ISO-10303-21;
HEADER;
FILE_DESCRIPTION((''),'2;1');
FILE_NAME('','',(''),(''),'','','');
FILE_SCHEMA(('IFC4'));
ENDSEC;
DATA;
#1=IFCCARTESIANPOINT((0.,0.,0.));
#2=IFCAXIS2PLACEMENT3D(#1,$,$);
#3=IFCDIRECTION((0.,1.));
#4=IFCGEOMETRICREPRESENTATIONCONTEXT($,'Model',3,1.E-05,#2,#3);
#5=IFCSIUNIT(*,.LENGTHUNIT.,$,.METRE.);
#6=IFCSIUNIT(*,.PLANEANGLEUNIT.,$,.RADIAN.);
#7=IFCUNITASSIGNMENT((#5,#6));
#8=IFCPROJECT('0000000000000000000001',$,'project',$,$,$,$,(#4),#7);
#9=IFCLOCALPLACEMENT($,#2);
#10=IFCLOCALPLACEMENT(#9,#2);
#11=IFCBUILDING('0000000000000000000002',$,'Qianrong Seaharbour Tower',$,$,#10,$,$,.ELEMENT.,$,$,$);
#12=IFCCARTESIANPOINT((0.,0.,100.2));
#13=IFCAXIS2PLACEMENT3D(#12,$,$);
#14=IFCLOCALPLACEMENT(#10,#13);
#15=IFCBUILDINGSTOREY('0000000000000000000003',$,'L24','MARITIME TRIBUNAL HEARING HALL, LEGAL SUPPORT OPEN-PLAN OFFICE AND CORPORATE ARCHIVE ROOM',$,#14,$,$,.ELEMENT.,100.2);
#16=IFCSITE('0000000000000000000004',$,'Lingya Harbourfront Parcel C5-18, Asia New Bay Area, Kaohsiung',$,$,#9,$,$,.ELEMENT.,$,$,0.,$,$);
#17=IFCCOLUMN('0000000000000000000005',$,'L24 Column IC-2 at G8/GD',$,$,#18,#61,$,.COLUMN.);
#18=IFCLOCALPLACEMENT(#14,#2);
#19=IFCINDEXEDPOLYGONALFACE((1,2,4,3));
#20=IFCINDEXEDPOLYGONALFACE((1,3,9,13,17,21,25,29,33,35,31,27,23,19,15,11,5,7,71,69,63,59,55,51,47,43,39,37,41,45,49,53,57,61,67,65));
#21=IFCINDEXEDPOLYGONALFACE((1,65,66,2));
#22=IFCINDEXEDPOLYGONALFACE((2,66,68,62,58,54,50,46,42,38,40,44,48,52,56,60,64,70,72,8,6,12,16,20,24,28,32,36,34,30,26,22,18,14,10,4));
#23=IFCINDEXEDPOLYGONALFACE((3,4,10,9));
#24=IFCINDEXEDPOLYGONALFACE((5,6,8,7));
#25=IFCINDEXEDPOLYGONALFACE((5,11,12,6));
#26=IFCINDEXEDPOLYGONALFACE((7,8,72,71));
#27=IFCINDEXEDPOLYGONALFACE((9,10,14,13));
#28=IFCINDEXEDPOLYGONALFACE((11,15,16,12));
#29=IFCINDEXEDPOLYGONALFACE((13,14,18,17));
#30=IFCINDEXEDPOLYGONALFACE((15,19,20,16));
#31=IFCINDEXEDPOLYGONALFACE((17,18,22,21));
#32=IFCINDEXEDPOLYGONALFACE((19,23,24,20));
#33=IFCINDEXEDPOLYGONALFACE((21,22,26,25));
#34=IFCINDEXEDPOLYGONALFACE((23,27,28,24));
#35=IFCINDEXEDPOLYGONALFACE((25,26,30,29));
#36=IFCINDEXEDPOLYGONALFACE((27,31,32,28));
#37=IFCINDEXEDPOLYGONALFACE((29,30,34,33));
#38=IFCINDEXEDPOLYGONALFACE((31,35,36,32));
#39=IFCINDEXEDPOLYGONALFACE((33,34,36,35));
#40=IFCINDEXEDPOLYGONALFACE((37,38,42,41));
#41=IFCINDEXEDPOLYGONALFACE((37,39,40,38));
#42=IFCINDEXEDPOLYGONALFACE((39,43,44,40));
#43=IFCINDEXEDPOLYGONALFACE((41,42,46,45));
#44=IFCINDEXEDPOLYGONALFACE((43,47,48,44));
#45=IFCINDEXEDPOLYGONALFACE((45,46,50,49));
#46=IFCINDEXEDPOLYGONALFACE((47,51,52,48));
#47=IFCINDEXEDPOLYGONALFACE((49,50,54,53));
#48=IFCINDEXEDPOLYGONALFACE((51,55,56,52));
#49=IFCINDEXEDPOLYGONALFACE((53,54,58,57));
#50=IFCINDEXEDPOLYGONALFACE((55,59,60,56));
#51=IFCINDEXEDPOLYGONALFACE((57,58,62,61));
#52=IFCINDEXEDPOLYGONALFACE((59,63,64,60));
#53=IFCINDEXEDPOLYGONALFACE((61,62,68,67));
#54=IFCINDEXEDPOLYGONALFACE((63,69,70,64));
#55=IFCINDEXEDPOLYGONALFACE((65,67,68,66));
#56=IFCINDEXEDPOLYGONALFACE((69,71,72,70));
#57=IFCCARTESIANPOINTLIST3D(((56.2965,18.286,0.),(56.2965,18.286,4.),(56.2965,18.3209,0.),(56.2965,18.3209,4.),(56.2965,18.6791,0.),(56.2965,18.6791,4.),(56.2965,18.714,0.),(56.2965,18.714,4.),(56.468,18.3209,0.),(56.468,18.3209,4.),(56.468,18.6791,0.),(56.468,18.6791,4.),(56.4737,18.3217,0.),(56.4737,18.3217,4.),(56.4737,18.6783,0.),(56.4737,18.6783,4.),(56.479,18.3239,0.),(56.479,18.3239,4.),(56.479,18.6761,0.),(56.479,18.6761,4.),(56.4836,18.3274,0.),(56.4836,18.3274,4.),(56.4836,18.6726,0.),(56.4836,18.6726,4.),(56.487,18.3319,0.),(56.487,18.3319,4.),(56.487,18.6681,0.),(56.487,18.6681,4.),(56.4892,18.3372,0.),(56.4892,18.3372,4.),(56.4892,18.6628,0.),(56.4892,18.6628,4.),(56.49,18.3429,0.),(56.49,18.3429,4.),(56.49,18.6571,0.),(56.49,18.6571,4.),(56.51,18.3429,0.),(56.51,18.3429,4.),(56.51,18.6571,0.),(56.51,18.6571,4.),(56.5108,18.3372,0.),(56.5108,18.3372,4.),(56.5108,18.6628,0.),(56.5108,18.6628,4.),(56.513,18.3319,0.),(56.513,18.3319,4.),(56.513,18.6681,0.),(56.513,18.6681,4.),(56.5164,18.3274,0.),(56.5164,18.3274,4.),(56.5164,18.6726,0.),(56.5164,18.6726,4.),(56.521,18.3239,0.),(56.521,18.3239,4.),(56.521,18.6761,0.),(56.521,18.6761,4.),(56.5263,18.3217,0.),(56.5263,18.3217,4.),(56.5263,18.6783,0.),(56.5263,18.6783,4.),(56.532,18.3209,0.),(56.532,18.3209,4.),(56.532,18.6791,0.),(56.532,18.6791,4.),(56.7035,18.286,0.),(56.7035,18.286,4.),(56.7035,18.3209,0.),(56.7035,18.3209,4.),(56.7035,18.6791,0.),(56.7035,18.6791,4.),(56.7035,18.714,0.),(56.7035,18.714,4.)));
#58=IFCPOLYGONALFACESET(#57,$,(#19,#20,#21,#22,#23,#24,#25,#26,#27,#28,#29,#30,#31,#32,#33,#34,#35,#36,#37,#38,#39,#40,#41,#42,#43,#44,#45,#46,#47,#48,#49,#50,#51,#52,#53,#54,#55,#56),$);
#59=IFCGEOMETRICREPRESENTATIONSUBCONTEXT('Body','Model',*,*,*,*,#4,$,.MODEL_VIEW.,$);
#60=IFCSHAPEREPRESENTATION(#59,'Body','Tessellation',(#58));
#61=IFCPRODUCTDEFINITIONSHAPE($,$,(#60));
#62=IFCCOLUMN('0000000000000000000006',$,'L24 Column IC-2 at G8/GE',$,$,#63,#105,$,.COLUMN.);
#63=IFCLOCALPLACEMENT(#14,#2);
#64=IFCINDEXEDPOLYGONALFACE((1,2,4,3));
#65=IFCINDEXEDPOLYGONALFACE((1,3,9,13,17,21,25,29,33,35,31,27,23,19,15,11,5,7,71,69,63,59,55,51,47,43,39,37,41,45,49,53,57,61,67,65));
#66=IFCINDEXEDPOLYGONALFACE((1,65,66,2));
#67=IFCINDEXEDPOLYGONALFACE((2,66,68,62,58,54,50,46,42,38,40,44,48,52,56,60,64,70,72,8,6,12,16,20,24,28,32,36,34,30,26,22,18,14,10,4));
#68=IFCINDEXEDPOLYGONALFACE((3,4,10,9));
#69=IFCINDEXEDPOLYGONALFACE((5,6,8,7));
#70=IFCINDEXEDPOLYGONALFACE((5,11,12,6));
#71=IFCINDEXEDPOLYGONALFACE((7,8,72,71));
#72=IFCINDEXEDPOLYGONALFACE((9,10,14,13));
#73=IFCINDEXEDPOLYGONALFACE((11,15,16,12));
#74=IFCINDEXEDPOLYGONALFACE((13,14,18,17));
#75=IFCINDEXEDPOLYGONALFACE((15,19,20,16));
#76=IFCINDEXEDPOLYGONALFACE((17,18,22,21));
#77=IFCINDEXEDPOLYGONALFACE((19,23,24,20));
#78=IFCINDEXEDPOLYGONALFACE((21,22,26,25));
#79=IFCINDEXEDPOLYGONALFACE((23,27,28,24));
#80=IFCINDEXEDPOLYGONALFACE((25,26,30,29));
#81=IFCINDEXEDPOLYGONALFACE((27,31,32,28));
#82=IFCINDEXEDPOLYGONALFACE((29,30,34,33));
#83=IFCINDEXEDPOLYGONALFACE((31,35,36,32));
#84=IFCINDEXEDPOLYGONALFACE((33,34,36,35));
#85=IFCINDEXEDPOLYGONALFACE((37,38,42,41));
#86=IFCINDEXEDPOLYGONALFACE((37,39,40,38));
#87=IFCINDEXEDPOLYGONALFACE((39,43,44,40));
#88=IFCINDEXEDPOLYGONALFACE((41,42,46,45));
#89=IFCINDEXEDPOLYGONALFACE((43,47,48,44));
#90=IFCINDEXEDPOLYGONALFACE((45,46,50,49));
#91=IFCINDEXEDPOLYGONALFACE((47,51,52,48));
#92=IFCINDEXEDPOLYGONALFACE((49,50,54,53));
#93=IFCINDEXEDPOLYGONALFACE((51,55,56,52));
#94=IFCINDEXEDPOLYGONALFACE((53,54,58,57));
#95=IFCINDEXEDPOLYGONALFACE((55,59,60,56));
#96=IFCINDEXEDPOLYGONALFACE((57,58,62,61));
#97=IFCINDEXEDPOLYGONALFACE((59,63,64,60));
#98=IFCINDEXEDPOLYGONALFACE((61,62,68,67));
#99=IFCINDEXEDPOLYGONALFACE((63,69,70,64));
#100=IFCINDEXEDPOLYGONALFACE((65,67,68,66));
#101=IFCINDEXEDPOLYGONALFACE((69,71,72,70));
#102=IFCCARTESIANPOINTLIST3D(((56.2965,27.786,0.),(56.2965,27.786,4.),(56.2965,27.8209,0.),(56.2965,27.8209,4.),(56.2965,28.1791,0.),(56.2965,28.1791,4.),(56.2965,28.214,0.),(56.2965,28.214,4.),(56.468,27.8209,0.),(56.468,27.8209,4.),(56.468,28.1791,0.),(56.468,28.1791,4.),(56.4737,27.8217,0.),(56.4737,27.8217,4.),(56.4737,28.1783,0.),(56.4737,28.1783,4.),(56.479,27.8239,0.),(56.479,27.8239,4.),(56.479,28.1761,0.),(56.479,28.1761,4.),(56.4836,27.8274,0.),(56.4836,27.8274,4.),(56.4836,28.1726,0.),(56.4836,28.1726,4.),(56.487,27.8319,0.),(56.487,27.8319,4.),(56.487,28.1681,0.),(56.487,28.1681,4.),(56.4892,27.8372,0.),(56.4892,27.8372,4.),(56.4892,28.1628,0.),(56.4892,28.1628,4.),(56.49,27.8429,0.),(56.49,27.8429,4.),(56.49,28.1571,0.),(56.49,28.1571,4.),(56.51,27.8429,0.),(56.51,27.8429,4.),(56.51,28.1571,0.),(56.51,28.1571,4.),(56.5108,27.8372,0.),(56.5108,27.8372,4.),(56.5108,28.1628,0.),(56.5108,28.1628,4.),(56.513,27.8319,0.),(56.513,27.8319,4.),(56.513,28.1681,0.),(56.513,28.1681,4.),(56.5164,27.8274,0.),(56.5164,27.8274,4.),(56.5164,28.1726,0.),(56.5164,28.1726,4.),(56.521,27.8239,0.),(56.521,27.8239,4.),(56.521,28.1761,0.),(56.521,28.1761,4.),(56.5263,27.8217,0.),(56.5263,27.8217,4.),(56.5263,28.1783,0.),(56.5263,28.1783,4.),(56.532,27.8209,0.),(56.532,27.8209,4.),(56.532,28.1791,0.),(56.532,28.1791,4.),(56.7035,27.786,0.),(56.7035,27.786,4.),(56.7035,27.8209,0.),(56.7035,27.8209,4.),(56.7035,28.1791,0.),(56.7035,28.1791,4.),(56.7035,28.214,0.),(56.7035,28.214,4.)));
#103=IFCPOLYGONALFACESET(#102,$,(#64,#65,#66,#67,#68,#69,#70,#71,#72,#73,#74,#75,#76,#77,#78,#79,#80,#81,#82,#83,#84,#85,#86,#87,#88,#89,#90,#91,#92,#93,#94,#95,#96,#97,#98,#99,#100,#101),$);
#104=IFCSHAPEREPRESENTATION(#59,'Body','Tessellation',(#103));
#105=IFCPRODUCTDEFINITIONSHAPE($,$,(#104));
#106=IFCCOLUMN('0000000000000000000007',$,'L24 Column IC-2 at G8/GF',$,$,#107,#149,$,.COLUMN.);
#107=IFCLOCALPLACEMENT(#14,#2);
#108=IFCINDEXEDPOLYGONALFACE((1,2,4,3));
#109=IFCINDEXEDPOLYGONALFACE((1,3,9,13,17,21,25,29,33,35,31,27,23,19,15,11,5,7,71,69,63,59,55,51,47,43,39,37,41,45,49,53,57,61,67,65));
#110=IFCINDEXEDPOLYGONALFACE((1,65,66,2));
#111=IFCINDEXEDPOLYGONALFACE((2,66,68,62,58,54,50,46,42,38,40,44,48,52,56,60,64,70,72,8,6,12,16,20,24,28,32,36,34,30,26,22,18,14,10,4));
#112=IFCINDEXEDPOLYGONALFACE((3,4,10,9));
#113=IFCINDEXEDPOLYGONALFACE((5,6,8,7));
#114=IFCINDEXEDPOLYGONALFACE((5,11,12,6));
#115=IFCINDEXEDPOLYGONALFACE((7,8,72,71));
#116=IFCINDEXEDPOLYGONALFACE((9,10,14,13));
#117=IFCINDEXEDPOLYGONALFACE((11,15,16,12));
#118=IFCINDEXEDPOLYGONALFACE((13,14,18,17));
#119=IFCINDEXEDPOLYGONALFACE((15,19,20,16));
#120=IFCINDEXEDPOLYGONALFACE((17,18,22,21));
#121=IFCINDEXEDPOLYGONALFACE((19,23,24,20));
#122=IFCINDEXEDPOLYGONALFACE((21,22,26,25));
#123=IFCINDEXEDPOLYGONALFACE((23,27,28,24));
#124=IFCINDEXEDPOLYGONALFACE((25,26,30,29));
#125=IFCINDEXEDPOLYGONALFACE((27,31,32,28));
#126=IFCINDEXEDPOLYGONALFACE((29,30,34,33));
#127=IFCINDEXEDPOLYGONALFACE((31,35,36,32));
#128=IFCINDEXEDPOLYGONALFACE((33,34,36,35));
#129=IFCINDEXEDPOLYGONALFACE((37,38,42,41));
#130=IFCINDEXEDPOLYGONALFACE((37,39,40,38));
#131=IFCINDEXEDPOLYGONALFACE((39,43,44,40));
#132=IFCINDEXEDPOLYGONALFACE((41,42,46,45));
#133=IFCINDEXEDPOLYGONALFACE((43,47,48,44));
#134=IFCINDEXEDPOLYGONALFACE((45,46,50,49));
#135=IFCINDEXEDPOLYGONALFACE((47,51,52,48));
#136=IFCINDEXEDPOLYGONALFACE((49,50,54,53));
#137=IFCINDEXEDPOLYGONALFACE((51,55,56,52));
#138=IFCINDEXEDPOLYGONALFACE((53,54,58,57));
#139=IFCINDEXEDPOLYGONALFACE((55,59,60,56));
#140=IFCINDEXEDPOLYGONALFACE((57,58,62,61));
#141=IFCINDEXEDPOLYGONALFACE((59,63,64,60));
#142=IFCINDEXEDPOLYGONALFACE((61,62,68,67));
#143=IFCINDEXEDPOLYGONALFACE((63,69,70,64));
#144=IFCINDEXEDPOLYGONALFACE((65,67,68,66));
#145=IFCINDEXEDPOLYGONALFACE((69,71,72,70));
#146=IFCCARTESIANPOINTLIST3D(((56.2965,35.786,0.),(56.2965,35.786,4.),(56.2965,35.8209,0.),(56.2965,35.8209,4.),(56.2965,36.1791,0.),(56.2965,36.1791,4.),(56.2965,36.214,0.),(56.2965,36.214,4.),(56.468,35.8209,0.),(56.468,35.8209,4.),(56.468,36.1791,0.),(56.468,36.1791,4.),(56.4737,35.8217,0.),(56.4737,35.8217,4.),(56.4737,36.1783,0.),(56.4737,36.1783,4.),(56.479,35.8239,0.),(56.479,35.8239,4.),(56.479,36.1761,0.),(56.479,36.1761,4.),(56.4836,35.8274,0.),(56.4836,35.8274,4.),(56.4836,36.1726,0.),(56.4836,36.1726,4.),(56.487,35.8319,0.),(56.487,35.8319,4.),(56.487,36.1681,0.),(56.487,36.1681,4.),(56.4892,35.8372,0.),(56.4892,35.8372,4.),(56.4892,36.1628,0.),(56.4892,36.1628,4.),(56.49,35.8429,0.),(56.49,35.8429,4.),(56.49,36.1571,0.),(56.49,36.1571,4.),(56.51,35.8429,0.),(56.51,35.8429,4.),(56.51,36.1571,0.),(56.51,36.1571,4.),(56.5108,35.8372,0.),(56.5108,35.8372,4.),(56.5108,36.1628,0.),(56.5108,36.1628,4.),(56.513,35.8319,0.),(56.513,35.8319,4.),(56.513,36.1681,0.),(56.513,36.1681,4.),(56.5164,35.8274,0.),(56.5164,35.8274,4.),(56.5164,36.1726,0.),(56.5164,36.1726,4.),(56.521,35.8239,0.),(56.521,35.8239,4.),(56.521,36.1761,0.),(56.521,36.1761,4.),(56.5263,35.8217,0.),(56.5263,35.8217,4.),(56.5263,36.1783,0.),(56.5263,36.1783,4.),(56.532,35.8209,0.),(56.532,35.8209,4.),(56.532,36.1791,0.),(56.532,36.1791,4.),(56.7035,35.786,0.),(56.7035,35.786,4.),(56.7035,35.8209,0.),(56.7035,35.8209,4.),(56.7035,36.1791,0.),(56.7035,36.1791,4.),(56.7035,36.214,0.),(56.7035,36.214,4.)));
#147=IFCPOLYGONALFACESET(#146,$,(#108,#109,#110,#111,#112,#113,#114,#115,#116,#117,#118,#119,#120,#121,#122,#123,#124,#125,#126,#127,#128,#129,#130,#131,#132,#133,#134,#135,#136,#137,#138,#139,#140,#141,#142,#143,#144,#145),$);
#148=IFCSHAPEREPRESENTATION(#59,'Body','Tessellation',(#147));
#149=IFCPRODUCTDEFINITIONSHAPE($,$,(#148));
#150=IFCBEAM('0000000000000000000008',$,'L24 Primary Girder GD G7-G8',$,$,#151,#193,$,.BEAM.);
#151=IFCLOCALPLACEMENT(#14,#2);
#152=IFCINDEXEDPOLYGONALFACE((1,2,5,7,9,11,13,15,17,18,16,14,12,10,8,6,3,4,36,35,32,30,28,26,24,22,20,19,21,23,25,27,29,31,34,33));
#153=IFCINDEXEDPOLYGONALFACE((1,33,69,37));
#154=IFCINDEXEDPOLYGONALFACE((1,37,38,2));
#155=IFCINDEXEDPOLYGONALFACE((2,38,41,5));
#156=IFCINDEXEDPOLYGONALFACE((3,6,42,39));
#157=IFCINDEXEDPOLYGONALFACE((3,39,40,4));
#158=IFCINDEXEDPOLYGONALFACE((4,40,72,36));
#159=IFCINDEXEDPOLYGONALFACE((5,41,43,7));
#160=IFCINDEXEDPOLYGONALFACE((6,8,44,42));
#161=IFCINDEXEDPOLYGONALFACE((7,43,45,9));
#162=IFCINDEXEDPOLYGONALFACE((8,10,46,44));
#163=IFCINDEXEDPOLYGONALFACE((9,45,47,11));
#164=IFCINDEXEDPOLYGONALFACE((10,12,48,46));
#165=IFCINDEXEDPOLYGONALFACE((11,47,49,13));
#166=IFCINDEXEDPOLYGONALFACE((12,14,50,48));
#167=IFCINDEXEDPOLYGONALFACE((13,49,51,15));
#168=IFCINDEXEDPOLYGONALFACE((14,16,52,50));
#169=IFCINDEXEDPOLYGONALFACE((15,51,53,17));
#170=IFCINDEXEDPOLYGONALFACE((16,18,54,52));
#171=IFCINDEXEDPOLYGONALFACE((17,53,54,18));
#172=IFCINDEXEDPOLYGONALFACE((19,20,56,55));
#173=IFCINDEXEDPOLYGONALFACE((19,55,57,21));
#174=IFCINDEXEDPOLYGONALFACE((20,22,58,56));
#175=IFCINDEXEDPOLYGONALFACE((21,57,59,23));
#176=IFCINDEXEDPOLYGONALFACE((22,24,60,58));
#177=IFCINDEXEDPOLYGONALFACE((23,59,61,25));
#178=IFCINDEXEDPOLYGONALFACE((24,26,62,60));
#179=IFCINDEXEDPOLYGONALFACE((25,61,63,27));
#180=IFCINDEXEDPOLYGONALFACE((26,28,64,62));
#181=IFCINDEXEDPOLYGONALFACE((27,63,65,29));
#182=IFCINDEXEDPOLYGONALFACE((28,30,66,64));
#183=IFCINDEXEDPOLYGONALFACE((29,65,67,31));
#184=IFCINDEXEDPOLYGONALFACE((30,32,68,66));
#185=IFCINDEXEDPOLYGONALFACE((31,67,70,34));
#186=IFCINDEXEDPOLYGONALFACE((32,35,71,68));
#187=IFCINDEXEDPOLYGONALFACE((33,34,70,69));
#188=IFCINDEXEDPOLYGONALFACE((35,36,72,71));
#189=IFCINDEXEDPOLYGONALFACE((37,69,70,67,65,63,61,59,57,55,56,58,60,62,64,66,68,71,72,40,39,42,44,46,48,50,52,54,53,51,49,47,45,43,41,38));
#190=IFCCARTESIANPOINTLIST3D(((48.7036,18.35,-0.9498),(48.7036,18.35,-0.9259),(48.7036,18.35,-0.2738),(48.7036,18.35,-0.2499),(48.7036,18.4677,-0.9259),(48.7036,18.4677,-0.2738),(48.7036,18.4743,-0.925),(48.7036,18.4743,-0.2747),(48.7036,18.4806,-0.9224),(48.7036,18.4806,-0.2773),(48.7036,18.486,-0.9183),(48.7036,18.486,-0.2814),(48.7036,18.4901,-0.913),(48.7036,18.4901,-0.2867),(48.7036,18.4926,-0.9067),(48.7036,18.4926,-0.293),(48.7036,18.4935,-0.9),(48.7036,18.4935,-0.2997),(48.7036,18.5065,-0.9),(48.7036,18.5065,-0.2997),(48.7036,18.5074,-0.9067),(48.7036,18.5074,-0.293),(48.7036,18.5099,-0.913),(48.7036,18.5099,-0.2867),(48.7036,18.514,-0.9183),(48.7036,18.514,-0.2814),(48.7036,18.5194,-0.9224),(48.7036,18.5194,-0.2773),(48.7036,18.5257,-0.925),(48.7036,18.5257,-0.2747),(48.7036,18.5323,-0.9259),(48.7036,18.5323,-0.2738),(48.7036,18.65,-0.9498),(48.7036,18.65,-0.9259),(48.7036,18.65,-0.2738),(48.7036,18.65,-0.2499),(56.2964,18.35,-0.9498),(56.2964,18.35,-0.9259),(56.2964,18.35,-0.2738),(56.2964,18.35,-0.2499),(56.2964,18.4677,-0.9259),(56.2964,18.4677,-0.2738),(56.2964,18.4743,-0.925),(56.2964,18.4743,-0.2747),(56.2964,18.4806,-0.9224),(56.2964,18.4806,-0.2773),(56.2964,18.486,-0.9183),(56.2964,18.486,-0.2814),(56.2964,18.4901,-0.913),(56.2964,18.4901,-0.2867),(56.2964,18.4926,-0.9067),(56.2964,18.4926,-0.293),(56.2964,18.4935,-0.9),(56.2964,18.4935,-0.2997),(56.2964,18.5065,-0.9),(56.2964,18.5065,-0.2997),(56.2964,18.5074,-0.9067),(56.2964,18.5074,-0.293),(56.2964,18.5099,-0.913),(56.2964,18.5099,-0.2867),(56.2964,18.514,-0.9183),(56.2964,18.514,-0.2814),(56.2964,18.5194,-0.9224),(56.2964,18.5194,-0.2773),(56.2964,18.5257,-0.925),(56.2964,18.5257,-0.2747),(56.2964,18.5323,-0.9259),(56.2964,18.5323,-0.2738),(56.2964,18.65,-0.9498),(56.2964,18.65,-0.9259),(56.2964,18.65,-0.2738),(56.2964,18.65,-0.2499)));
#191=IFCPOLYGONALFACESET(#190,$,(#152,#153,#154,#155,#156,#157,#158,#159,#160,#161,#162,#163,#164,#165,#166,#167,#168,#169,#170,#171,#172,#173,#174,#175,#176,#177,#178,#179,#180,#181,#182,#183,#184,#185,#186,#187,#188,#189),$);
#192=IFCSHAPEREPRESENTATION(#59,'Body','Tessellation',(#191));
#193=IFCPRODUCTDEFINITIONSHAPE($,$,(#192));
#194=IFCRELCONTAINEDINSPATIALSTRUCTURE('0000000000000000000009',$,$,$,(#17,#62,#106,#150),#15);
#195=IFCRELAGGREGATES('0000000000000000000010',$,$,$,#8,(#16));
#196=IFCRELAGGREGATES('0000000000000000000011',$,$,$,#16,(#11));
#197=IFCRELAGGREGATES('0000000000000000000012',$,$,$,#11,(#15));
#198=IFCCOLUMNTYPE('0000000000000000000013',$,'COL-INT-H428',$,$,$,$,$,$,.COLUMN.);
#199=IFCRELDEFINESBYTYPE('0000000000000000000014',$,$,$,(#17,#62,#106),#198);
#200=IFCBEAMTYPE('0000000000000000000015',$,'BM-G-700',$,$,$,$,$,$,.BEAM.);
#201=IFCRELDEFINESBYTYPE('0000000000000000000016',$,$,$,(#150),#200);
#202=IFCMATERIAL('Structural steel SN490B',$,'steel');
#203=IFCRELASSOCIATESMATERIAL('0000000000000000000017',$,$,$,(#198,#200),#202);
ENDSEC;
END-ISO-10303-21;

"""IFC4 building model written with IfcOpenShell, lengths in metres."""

from ifc_helpers import new_model, si_unit, direction, frame, origin, origin_2d, place, context, subcontext, project, spatial, i_section, extrude, material, material_profile, profile_set, type_object, element, save


model = new_model("IFC4")

# Units and contexts
model_context = context("Model", 3, precision=1e-05, world=origin(), true_north=direction((0.0, 1.0)))
body_context = subcontext(model_context, "Body", "Model", "MODEL_VIEW")
ifc_project = project(units=[si_unit("LENGTHUNIT", "METRE"), si_unit("PLANEANGLEUNIT", "RADIAN")], contexts=[model_context])

# Site, building, storey
site_placement = place(None, origin())
site = spatial("IfcSite", under=ifc_project, at=site_placement, Name="Lingya Harbourfront Parcel C5-18, Asia New Bay Area, Kaohsiung", CompositionType="ELEMENT", RefElevation=0.0)
building_placement = place(site_placement, origin())
building = spatial("IfcBuilding", under=site, at=building_placement, Name="Qianrong Seaharbour Tower", CompositionType="ELEMENT")
storey_placement = place(building_placement, frame((0.0, 0.0, 100.2)))
storey = spatial("IfcBuildingStorey", under=building, at=storey_placement, Name="L24", Description="MARITIME TRIBUNAL HEARING HALL, LEGAL SUPPORT OPEN-PLAN OFFICE AND CORPORATE ARCHIVE ROOM", CompositionType="ELEMENT", Elevation=100.2)

# Columns
ifc_material_1 = material(Name="Structural steel SN490B", Category="steel")
ifc_material_profile_1 = material_profile(ifc_material_1, i_section(OverallWidth=0.407, OverallDepth=0.428, WebThickness=0.02, FlangeThickness=0.0349, FilletRadius=0.022, at=origin_2d()), Name="H428x407x20x35")
ifc_profile_set_1 = profile_set([ifc_material_profile_1], Name="Structural steel SN490B")
column_type_1 = type_object("IfcColumnType", Name="COL-INT-H428", PredefinedType="COLUMN", material=ifc_profile_set_1)
for number, where, z_axis, x_axis, name in (
    (1, (56.5, 18.5, 0.0), (0.0, 0.0, 1.0), (1.0, 0.0, 0.0), "L24 Column IC-2 at G8/GD"),
    (2, (56.5, 28.0, 0.0), (0.0, 0.0, 1.0), (1.0, 0.0, 0.0), "L24 Column IC-2 at G8/GE"),
    (3, (56.5, 36.0, 0.0), (0.0, 0.0, 1.0), (1.0, 0.0, 0.0), "L24 Column IC-2 at G8/GF"),
):
    element("IfcColumn", number, at=place(storey_placement, frame(where, z_axis=z_axis, x_axis=x_axis)), inside=storey, type_object=column_type_1, Name=name, PredefinedType="COLUMN", context=body_context, shape_type="SweptSolid", body=[
        extrude(i_section(OverallWidth=0.407, OverallDepth=0.428, WebThickness=0.02, FlangeThickness=0.0349, FilletRadius=0.022, at=origin_2d()), origin(), (0.0, 0.0, 1.0), 4.0),
    ])

# Beam
ifc_material_profile_2 = material_profile(ifc_material_1, i_section(OverallWidth=0.3, OverallDepth=0.7, WebThickness=0.0129, FlangeThickness=0.0239, FilletRadius=0.0259, at=origin_2d()), Name="H700x300x13x24")
ifc_profile_set_2 = profile_set([ifc_material_profile_2], Name="Structural steel SN490B")
beam_type_1 = type_object("IfcBeamType", Name="BM-G-700", PredefinedType="BEAM", material=ifc_profile_set_2)
beam_1_placement = place(storey_placement, frame((48.7036, 18.5, -0.5999), z_axis=(1.0, 0.0, 0.0), x_axis=(0.0, 1.0, 0.0)))
element("IfcBeam", 4, at=beam_1_placement, inside=storey, type_object=beam_type_1, Name="L24 Primary Girder GD G7-G8", PredefinedType="BEAM", context=body_context, shape_type="SweptSolid", body=[
    extrude(i_section(OverallWidth=0.3, OverallDepth=0.7, WebThickness=0.0129, FlangeThickness=0.0239, FilletRadius=0.0259, at=origin_2d()), origin(), (0.0, 0.0, 1.0), 7.5928),
])

save(model, "model.ifc")
